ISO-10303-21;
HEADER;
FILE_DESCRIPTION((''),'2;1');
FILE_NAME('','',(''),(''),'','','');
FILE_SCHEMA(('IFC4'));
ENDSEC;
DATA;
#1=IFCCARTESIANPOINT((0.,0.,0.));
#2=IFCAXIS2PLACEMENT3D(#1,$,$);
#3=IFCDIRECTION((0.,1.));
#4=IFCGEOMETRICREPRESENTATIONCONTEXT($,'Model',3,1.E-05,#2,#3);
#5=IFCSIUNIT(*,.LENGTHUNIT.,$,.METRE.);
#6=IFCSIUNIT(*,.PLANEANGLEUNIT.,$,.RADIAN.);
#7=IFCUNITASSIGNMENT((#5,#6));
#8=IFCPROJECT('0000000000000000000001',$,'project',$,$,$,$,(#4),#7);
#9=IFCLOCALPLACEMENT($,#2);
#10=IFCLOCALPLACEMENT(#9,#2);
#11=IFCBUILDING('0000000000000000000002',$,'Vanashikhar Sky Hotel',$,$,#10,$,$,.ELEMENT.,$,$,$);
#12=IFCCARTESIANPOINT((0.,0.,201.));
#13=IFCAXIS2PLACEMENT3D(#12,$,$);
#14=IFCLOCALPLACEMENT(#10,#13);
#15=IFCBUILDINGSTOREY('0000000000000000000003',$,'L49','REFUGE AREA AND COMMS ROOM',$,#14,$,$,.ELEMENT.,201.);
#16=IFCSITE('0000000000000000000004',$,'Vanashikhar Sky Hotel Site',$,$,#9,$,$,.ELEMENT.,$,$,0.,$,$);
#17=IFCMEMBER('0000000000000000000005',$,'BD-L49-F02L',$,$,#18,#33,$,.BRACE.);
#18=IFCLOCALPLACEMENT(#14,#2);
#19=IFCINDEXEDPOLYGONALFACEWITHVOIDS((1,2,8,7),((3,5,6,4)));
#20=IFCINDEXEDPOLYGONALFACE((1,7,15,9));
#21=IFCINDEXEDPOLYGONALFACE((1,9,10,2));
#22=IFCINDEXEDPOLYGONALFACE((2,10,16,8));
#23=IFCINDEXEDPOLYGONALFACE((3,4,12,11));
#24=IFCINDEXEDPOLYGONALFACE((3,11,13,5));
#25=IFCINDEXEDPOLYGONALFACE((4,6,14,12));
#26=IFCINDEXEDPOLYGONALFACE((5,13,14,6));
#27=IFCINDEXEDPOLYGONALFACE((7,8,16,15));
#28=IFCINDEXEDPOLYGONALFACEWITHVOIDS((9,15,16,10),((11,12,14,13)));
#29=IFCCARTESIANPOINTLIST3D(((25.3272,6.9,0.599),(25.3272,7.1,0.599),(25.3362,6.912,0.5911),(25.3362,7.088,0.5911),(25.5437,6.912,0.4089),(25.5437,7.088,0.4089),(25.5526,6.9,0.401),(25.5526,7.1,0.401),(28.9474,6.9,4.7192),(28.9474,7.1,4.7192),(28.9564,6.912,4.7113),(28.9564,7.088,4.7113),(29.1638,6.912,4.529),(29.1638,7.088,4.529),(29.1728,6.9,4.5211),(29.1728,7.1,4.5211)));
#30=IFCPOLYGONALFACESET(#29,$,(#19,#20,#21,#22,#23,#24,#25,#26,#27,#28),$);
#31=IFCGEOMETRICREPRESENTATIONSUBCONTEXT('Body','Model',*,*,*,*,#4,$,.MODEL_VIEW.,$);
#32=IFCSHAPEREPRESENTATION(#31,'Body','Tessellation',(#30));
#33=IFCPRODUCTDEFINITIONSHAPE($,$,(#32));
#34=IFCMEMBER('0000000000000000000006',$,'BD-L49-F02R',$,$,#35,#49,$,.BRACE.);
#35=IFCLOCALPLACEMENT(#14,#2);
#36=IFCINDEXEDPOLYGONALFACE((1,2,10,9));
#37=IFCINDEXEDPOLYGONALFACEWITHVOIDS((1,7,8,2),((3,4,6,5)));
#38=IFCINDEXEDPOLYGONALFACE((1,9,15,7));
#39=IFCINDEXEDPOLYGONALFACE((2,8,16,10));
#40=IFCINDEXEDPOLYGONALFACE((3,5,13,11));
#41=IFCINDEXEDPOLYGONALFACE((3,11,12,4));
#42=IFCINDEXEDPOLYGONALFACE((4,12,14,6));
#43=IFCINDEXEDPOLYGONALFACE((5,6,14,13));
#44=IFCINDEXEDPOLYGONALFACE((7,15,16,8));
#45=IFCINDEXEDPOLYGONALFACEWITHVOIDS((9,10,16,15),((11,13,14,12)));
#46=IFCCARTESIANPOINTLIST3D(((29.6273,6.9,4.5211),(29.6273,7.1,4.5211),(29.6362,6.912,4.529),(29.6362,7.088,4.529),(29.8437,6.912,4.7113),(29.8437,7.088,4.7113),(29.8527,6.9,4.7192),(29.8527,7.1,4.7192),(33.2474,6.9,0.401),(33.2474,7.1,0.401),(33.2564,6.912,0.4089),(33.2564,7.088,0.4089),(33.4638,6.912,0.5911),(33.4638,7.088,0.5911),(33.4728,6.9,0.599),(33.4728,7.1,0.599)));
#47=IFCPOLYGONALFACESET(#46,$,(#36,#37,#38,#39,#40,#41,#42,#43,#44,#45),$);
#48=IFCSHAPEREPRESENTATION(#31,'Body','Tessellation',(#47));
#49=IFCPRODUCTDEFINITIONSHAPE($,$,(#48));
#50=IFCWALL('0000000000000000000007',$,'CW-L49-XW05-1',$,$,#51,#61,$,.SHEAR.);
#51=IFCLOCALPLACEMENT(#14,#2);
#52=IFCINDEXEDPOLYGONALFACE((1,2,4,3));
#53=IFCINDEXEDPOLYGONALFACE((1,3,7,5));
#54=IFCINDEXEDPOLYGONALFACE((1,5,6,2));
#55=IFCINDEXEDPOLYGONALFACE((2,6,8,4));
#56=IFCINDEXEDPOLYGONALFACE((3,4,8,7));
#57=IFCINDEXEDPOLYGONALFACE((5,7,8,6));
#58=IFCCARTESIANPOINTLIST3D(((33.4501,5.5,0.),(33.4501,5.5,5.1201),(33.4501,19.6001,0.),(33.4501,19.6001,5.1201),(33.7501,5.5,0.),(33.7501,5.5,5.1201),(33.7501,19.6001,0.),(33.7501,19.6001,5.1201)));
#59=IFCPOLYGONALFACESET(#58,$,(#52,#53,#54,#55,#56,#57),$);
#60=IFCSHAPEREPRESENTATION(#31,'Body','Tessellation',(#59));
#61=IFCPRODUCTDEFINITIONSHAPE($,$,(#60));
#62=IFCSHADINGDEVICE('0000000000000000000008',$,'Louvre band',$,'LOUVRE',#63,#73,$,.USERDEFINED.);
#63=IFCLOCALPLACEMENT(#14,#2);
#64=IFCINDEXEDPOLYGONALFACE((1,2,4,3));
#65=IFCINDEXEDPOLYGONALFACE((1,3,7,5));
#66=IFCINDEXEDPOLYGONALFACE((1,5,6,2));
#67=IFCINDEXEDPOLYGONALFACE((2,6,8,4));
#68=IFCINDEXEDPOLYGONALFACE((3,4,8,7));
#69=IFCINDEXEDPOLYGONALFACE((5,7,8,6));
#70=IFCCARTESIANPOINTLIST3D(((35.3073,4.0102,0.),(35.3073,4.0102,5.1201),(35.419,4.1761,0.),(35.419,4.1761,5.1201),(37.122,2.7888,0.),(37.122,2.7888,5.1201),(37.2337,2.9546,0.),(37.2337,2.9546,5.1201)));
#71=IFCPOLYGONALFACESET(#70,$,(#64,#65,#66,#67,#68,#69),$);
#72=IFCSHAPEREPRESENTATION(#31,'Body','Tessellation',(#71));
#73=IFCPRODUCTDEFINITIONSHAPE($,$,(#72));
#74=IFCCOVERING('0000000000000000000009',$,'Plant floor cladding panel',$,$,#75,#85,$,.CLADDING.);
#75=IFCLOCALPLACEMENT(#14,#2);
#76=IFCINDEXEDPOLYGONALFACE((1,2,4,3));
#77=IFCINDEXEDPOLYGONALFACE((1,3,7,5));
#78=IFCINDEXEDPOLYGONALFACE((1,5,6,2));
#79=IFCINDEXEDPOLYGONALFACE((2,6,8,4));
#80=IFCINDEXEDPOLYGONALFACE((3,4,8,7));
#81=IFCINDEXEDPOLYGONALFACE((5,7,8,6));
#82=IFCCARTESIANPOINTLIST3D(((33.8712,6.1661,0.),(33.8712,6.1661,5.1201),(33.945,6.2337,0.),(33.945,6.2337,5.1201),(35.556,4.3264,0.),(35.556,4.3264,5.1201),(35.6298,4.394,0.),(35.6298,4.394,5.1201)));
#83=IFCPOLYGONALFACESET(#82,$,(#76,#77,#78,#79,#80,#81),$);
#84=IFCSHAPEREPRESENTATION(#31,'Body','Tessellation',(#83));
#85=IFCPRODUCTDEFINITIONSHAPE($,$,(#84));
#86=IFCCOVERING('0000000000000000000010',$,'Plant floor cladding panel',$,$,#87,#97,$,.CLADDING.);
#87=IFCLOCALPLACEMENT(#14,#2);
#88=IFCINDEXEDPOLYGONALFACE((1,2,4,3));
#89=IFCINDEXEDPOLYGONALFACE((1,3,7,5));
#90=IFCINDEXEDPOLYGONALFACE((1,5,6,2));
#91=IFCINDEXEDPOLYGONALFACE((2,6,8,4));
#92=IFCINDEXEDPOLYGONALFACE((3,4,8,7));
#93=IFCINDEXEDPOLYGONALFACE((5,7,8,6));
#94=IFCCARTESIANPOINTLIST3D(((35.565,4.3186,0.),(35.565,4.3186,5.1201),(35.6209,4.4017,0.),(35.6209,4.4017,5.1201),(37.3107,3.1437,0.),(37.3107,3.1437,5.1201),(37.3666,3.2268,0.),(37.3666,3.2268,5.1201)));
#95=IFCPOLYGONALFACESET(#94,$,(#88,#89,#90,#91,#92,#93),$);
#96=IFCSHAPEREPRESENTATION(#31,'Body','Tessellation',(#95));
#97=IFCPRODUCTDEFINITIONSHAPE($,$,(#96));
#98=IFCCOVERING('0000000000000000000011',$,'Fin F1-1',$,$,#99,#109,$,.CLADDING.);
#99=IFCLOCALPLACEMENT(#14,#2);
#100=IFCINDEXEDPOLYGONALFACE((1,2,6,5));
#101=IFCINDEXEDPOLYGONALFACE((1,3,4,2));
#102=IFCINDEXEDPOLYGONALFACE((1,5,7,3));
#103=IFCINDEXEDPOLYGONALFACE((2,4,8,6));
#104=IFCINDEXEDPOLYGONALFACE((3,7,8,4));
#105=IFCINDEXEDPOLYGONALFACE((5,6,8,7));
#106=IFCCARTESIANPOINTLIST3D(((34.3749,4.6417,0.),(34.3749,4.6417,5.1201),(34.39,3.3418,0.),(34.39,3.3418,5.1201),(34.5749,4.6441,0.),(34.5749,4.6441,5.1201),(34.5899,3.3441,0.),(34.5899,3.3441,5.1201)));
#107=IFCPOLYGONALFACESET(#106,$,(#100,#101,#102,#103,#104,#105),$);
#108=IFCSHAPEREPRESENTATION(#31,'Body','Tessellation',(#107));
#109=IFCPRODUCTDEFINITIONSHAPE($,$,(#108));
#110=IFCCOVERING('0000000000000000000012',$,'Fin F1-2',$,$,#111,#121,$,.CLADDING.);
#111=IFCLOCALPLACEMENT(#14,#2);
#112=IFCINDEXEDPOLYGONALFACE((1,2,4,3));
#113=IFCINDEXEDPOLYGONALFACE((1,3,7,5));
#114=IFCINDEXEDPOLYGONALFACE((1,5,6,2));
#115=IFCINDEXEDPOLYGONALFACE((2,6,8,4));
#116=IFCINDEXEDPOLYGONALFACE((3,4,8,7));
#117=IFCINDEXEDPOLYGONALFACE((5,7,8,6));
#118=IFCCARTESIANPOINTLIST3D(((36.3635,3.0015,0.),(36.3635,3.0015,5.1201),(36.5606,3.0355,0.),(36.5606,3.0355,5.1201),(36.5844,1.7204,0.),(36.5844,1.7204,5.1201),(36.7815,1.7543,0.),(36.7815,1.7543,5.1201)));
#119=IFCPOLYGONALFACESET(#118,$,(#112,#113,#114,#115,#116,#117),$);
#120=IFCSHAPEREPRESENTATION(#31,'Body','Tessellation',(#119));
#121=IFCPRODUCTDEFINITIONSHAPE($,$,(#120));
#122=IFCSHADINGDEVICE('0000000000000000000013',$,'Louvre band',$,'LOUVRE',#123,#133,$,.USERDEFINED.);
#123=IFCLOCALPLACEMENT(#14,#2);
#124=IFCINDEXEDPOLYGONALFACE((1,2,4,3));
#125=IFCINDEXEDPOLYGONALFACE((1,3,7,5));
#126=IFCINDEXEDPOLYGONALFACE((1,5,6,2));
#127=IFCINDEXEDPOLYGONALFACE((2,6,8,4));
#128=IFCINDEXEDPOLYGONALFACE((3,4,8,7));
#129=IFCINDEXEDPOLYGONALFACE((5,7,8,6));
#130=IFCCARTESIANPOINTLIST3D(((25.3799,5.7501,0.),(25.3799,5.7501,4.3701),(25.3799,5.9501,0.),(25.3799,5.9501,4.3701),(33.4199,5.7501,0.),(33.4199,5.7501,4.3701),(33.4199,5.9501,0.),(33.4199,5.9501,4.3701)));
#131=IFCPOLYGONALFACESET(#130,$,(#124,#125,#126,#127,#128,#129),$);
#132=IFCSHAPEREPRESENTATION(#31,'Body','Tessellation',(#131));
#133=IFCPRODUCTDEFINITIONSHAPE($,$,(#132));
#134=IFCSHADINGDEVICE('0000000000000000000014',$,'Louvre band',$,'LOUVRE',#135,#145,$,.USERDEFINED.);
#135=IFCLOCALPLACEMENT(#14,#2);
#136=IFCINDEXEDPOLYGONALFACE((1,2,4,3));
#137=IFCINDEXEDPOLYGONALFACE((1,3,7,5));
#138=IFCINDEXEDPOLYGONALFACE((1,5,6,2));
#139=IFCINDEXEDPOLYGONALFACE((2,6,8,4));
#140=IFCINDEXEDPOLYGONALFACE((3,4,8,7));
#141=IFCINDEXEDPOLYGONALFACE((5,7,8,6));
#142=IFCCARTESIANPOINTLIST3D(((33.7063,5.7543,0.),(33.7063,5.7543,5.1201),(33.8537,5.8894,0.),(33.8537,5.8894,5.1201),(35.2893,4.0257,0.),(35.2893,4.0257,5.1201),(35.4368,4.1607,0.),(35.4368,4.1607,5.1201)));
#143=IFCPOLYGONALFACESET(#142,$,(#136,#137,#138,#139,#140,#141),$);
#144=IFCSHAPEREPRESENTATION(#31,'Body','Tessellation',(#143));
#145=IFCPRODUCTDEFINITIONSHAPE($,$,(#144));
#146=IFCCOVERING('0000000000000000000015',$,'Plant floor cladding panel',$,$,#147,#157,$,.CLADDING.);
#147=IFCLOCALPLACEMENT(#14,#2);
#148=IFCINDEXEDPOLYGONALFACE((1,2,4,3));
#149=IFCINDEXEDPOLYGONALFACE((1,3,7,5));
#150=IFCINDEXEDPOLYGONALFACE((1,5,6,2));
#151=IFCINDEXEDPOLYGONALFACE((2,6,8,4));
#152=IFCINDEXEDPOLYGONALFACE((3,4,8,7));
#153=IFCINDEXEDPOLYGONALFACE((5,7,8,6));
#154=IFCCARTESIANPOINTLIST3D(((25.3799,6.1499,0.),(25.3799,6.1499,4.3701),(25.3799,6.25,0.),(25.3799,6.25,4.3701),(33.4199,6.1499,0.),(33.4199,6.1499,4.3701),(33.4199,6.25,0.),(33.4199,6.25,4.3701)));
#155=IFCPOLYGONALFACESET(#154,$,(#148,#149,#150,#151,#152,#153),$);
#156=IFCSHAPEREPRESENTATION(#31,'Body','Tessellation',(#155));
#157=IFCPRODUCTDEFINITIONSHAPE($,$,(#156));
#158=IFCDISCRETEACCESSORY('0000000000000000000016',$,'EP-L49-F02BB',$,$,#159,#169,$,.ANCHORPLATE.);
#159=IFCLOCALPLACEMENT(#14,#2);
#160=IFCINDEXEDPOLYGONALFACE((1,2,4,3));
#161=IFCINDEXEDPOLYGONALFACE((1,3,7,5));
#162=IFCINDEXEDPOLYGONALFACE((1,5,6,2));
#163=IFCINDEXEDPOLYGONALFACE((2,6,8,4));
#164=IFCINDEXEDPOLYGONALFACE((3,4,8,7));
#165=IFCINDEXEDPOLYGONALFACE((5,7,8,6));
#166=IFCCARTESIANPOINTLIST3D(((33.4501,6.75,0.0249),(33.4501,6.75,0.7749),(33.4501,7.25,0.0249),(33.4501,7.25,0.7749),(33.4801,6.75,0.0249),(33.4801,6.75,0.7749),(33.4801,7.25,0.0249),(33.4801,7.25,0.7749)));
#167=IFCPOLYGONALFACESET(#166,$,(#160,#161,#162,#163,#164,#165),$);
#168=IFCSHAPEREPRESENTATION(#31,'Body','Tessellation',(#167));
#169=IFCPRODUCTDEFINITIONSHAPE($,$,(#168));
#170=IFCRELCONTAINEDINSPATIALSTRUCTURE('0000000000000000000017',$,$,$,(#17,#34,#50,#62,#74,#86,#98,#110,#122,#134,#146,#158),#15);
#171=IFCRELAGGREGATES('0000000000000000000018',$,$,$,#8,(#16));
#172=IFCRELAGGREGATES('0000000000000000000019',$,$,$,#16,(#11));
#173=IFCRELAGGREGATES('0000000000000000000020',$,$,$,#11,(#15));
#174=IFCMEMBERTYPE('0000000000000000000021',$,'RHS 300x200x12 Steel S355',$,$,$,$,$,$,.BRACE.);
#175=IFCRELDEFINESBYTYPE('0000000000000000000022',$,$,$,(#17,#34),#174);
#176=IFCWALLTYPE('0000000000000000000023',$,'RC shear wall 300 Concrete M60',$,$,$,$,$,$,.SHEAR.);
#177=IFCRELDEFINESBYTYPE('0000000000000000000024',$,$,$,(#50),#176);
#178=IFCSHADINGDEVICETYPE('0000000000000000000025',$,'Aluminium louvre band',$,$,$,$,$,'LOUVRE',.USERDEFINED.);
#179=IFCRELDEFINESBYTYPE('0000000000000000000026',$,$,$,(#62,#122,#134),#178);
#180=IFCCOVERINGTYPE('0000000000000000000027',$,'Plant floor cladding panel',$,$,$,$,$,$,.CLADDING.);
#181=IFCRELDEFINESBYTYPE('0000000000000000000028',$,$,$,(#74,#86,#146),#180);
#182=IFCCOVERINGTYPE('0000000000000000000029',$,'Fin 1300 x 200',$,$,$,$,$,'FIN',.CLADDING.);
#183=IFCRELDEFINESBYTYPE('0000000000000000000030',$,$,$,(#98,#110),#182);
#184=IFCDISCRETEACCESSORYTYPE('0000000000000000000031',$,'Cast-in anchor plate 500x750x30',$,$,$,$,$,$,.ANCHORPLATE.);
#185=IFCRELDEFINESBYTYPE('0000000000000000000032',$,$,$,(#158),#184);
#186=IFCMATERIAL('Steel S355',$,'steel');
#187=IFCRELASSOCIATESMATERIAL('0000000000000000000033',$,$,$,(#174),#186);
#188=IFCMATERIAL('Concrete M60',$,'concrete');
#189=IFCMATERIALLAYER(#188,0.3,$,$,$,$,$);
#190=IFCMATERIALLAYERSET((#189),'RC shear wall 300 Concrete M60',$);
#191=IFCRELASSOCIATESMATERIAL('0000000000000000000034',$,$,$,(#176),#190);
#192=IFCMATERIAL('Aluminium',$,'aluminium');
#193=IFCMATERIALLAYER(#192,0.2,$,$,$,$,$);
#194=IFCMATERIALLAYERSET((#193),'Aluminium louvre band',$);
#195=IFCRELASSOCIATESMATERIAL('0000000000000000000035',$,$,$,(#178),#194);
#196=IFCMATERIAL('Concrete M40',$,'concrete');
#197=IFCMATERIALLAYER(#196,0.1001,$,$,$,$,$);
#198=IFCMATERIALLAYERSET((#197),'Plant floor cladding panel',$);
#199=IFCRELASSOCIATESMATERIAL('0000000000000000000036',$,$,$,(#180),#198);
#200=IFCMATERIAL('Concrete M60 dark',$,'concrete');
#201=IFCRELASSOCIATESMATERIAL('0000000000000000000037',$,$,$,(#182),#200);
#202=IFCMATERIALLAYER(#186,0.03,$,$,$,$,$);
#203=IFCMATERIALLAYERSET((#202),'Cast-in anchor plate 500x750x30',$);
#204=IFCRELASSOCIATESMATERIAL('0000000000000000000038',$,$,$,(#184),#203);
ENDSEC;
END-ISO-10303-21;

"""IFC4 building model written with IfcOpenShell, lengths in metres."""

from ifc_helpers import new_model, si_unit, direction, frame, frame_2d, origin, origin_2d, place, context, subcontext, project, spatial, rectangle, hollow_rectangle, extrude, source, transform, mapped, material, layer, layer_set, material_profile, profile_set, type_object, element, save


model = new_model("IFC4")

# Units and contexts
model_context = context("Model", 3, precision=1e-05, world=origin(), true_north=direction((0.0, 1.0)))
body_context = subcontext(model_context, "Body", "Model", "MODEL_VIEW")
ifc_project = project(units=[si_unit("LENGTHUNIT", "METRE"), si_unit("PLANEANGLEUNIT", "RADIAN")], contexts=[model_context])

# Site, building, storey
site_placement = place(None, origin())
site = spatial("IfcSite", under=ifc_project, at=site_placement, Name="Vanashikhar Sky Hotel Site", CompositionType="ELEMENT", RefElevation=0.0)
building_placement = place(site_placement, origin())
building = spatial("IfcBuilding", under=site, at=building_placement, Name="Vanashikhar Sky Hotel", CompositionType="ELEMENT")
storey_placement = place(building_placement, frame((0.0, 0.0, 201.0)))
storey = spatial("IfcBuildingStorey", under=building, at=storey_placement, Name="L49", Description="REFUGE AREA AND COMMS ROOM", CompositionType="ELEMENT", Elevation=201.0)

# Shared definitions
ifc_material_1 = material(Name="Steel S355", Category="steel")
ifc_material_profile_1 = material_profile(ifc_material_1, hollow_rectangle(XDim=0.2, YDim=0.3, WallThickness=0.012, at=origin_2d()))
ifc_profile_set_1 = profile_set([ifc_material_profile_1], Name="RHS 300x200x12 Steel S355")
member_type_1 = type_object("IfcMemberType", Name="RHS 300x200x12 Steel S355", PredefinedType="BRACE", material=ifc_profile_set_1)

# Members
shared_shape_1 = source(origin(), body_context, "Body", "SweptSolid", [
    extrude(hollow_rectangle(XDim=0.2, YDim=0.3, WallThickness=0.012, at=origin_2d()), origin(), (0.0, 0.0, 1.0), 5.4846),
])
for number, where, z_axis, x_axis, name in (
    (1, (25.4399, 7.0, 0.5), (0.660054, 0.0, 0.751218), (0.0, 1.0, 0.0), "BD-L49-F02L"),
    (2, (33.3601, 7.0, 0.5), (-0.660054, 0.0, 0.751218), (0.0, -1.0, 0.0), "BD-L49-F02R"),
):
    element("IfcMember", number, at=place(storey_placement, frame(where, z_axis=z_axis, x_axis=x_axis)), inside=storey, type_object=member_type_1, Name=name, PredefinedType="BRACE", context=body_context, shape_type="MappedRepresentation", body=[
        mapped(shared_shape_1, transform((0.0, 0.0, 0.0), scale=1.0)),
    ])

# Wall
ifc_material_2 = material(Name="Concrete M60", Category="concrete")
ifc_layer_1 = layer(ifc_material_2, 0.3)
ifc_layer_set_1 = layer_set([ifc_layer_1], Name="RC shear wall 300 Concrete M60")
wall_type = type_object("IfcWallType", Name="RC shear wall 300 Concrete M60", PredefinedType="SHEAR", material=ifc_layer_set_1)
shared_shape_2 = source(origin(), body_context, "Body", "SweptSolid", [
    extrude(rectangle(XDim=14.1001, YDim=0.3, at=frame_2d((7.05, 0.0))), origin(), (0.0, 0.0, 1.0), 5.1201),
])
wall_placement = place(storey_placement, frame((33.6001, 5.5, 0.0), z_axis=(0.0, 0.0, 1.0), x_axis=(0.0, 1.0, 0.0)))
element("IfcWall", 3, at=wall_placement, inside=storey, type_object=wall_type, Name="CW-L49-XW05-1", PredefinedType="SHEAR", context=body_context, shape_type="MappedRepresentation", body=[
    mapped(shared_shape_2, transform((0.0, 0.0, 0.0), scale=1.0)),
])

# Shading device
ifc_material_3 = material(Name="Aluminium", Category="aluminium")
ifc_layer_2 = layer(ifc_material_3, 0.2)
ifc_layer_set_2 = layer_set([ifc_layer_2], Name="Aluminium louvre band")
shading_device_type = type_object("IfcShadingDeviceType", Name="Aluminium louvre band", ElementType="LOUVRE", PredefinedType="USERDEFINED", material=ifc_layer_set_2)
shared_shape_3 = source(origin(), body_context, "Body", "SweptSolid", [
    extrude(rectangle(XDim=2.1875, YDim=0.2, at=origin_2d()), origin(), (0.0, 0.0, 1.0), 5.1201),
])
shading_device_1_placement = place(storey_placement, frame((36.2705, 3.4824, 0.0), z_axis=(0.0, 0.0, 1.0), x_axis=(0.829584, -0.558382, 0.0)))
element("IfcShadingDevice", 4, at=shading_device_1_placement, inside=storey, type_object=shading_device_type, Name="Louvre band", ObjectType="LOUVRE", PredefinedType="USERDEFINED", context=body_context, shape_type="MappedRepresentation", body=[
    mapped(shared_shape_3, transform((0.0, 0.0, 0.0), scale=1.0)),
])

# Coverings
ifc_material_4 = material(Name="Concrete M40", Category="concrete")
ifc_layer_3 = layer(ifc_material_4, 0.1001)
ifc_layer_set_3 = layer_set([ifc_layer_3], Name="Plant floor cladding panel")
covering_type_1 = type_object("IfcCoveringType", Name="Plant floor cladding panel", PredefinedType="CLADDING", material=ifc_layer_set_3)
shared_shape_4 = source(origin(), body_context, "Body", "SweptSolid", [
    extrude(rectangle(XDim=2.4946, YDim=0.1001, at=origin_2d()), origin(), (0.0, 0.0, 1.0), 5.1201),
])
covering_1_placement = place(storey_placement, frame((34.7505, 5.28, 0.0), z_axis=(0.0, 0.0, 1.0), x_axis=(0.675384, -0.737466, 0.0)))
element("IfcCovering", 5, at=covering_1_placement, inside=storey, type_object=covering_type_1, Name="Plant floor cladding panel", PredefinedType="CLADDING", context=body_context, shape_type="MappedRepresentation", body=[
    mapped(shared_shape_4, transform((0.0, 0.0, 0.0), scale=1.0)),
])
shared_shape_5 = source(origin(), body_context, "Body", "SweptSolid", [
    extrude(rectangle(XDim=2.1042, YDim=0.1001, at=origin_2d()), origin(), (0.0, 0.0, 1.0), 5.1201),
])
covering_2_placement = place(storey_placement, frame((36.4658, 3.7727, 0.0), z_axis=(0.0, 0.0, 1.0), x_axis=(0.829603, -0.558353, 0.0)))
element("IfcCovering", 6, at=covering_2_placement, inside=storey, type_object=covering_type_1, Name="Plant floor cladding panel", PredefinedType="CLADDING", context=body_context, shape_type="MappedRepresentation", body=[
    mapped(shared_shape_5, transform((0.0, 0.0, 0.0), scale=1.0)),
])
ifc_material_5 = material(Name="Concrete M60 dark", Category="concrete")
ifc_material_profile_2 = material_profile(ifc_material_5, rectangle(XDim=1.3, YDim=0.2, at=origin_2d()))
ifc_profile_set_2 = profile_set([ifc_material_profile_2], Name="Fin 1300 x 200")
covering_type_2 = type_object("IfcCoveringType", Name="Fin 1300 x 200", ElementType="FIN", PredefinedType="CLADDING", material=ifc_profile_set_2)
shared_shape_6 = source(origin(), body_context, "Body", "SweptSolid", [
    extrude(rectangle(XDim=1.3, YDim=0.2, at=origin_2d()), origin(), (0.0, 0.0, 1.0), 5.1201),
])
for number, where, z_axis, x_axis, name in (
    (7, (34.4824, 3.9929, 0.0), (0.0, 0.0, 1.0), (0.011589, -0.999933, 0.0), "Fin F1-1"),
    (8, (36.5725, 2.3779, 0.0), (0.0, 0.0, 1.0), (0.1699, -0.985461, 0.0), "Fin F1-2"),
):
    element("IfcCovering", number, at=place(storey_placement, frame(where, z_axis=z_axis, x_axis=x_axis)), inside=storey, type_object=covering_type_2, Name=name, PredefinedType="CLADDING", context=body_context, shape_type="MappedRepresentation", body=[
        mapped(shared_shape_6, transform((0.0, 0.0, 0.0), scale=1.0)),
    ])

# Shading devices
shared_shape_7 = source(origin(), body_context, "Body", "SweptSolid", [
    extrude(rectangle(XDim=8.04, YDim=0.2, at=origin_2d()), origin(), (0.0, 0.0, 1.0), 4.3701),
])
shading_device_2_placement = place(storey_placement, frame((29.3999, 5.8501, 0.0), z_axis=(0.0, 0.0, 1.0), x_axis=(1.0, 0.0, 0.0)))
element("IfcShadingDevice", 9, at=shading_device_2_placement, inside=storey, type_object=shading_device_type, Name="Louvre band", ObjectType="LOUVRE", PredefinedType="USERDEFINED", context=body_context, shape_type="MappedRepresentation", body=[
    mapped(shared_shape_7, transform((0.0, 0.0, 0.0), scale=1.0)),
])
shared_shape_8 = source(origin(), body_context, "Body", "SweptSolid", [
    extrude(rectangle(XDim=2.344, YDim=0.2, at=origin_2d()), origin(), (0.0, 0.0, 1.0), 5.1201),
])
shading_device_3_placement = place(storey_placement, frame((34.5715, 4.9575, 0.0), z_axis=(0.0, 0.0, 1.0), x_axis=(0.675359, -0.73749, 0.0)))
element("IfcShadingDevice", 10, at=shading_device_3_placement, inside=storey, type_object=shading_device_type, Name="Louvre band", ObjectType="LOUVRE", PredefinedType="USERDEFINED", context=body_context, shape_type="MappedRepresentation", body=[
    mapped(shared_shape_8, transform((0.0, 0.0, 0.0), scale=1.0)),
])

# Covering
shared_shape_9 = source(origin(), body_context, "Body", "SweptSolid", [
    extrude(rectangle(XDim=8.04, YDim=0.1001, at=origin_2d()), origin(), (0.0, 0.0, 1.0), 4.3701),
])
covering_3_placement = place(storey_placement, frame((29.3999, 6.2, 0.0), z_axis=(0.0, 0.0, 1.0), x_axis=(1.0, 0.0, 0.0)))
element("IfcCovering", 11, at=covering_3_placement, inside=storey, type_object=covering_type_1, Name="Plant floor cladding panel", PredefinedType="CLADDING", context=body_context, shape_type="MappedRepresentation", body=[
    mapped(shared_shape_9, transform((0.0, 0.0, 0.0), scale=1.0)),
])

# Discrete accessory
ifc_layer_4 = layer(ifc_material_1, 0.03)
ifc_layer_set_4 = layer_set([ifc_layer_4], Name="Cast-in anchor plate 500x750x30")
discrete_accessory_type_1 = type_object("IfcDiscreteAccessoryType", Name="Cast-in anchor plate 500x750x30", PredefinedType="ANCHORPLATE", material=ifc_layer_set_4)
shared_shape_10 = source(origin(), body_context, "Body", "SweptSolid", [
    extrude(rectangle(XDim=0.03, YDim=0.5, at=origin_2d()), origin(), (0.0, 0.0, 1.0), 0.75),
])
for number, where, z_axis, x_axis, name in (
    (12, (33.4651, 7.0, 0.0249), (0.0, 0.0, 1.0), (1.0, 0.0, 0.0), "EP-L49-F02BB"),
):
    element("IfcDiscreteAccessory", number, at=place(storey_placement, frame(where, z_axis=z_axis, x_axis=x_axis)), inside=storey, type_object=discrete_accessory_type_1, Name=name, PredefinedType="ANCHORPLATE", context=body_context, shape_type="MappedRepresentation", body=[
        mapped(shared_shape_10, transform((0.0, 0.0, 0.0), scale=1.0)),
    ])

save(model, "model.ifc")
